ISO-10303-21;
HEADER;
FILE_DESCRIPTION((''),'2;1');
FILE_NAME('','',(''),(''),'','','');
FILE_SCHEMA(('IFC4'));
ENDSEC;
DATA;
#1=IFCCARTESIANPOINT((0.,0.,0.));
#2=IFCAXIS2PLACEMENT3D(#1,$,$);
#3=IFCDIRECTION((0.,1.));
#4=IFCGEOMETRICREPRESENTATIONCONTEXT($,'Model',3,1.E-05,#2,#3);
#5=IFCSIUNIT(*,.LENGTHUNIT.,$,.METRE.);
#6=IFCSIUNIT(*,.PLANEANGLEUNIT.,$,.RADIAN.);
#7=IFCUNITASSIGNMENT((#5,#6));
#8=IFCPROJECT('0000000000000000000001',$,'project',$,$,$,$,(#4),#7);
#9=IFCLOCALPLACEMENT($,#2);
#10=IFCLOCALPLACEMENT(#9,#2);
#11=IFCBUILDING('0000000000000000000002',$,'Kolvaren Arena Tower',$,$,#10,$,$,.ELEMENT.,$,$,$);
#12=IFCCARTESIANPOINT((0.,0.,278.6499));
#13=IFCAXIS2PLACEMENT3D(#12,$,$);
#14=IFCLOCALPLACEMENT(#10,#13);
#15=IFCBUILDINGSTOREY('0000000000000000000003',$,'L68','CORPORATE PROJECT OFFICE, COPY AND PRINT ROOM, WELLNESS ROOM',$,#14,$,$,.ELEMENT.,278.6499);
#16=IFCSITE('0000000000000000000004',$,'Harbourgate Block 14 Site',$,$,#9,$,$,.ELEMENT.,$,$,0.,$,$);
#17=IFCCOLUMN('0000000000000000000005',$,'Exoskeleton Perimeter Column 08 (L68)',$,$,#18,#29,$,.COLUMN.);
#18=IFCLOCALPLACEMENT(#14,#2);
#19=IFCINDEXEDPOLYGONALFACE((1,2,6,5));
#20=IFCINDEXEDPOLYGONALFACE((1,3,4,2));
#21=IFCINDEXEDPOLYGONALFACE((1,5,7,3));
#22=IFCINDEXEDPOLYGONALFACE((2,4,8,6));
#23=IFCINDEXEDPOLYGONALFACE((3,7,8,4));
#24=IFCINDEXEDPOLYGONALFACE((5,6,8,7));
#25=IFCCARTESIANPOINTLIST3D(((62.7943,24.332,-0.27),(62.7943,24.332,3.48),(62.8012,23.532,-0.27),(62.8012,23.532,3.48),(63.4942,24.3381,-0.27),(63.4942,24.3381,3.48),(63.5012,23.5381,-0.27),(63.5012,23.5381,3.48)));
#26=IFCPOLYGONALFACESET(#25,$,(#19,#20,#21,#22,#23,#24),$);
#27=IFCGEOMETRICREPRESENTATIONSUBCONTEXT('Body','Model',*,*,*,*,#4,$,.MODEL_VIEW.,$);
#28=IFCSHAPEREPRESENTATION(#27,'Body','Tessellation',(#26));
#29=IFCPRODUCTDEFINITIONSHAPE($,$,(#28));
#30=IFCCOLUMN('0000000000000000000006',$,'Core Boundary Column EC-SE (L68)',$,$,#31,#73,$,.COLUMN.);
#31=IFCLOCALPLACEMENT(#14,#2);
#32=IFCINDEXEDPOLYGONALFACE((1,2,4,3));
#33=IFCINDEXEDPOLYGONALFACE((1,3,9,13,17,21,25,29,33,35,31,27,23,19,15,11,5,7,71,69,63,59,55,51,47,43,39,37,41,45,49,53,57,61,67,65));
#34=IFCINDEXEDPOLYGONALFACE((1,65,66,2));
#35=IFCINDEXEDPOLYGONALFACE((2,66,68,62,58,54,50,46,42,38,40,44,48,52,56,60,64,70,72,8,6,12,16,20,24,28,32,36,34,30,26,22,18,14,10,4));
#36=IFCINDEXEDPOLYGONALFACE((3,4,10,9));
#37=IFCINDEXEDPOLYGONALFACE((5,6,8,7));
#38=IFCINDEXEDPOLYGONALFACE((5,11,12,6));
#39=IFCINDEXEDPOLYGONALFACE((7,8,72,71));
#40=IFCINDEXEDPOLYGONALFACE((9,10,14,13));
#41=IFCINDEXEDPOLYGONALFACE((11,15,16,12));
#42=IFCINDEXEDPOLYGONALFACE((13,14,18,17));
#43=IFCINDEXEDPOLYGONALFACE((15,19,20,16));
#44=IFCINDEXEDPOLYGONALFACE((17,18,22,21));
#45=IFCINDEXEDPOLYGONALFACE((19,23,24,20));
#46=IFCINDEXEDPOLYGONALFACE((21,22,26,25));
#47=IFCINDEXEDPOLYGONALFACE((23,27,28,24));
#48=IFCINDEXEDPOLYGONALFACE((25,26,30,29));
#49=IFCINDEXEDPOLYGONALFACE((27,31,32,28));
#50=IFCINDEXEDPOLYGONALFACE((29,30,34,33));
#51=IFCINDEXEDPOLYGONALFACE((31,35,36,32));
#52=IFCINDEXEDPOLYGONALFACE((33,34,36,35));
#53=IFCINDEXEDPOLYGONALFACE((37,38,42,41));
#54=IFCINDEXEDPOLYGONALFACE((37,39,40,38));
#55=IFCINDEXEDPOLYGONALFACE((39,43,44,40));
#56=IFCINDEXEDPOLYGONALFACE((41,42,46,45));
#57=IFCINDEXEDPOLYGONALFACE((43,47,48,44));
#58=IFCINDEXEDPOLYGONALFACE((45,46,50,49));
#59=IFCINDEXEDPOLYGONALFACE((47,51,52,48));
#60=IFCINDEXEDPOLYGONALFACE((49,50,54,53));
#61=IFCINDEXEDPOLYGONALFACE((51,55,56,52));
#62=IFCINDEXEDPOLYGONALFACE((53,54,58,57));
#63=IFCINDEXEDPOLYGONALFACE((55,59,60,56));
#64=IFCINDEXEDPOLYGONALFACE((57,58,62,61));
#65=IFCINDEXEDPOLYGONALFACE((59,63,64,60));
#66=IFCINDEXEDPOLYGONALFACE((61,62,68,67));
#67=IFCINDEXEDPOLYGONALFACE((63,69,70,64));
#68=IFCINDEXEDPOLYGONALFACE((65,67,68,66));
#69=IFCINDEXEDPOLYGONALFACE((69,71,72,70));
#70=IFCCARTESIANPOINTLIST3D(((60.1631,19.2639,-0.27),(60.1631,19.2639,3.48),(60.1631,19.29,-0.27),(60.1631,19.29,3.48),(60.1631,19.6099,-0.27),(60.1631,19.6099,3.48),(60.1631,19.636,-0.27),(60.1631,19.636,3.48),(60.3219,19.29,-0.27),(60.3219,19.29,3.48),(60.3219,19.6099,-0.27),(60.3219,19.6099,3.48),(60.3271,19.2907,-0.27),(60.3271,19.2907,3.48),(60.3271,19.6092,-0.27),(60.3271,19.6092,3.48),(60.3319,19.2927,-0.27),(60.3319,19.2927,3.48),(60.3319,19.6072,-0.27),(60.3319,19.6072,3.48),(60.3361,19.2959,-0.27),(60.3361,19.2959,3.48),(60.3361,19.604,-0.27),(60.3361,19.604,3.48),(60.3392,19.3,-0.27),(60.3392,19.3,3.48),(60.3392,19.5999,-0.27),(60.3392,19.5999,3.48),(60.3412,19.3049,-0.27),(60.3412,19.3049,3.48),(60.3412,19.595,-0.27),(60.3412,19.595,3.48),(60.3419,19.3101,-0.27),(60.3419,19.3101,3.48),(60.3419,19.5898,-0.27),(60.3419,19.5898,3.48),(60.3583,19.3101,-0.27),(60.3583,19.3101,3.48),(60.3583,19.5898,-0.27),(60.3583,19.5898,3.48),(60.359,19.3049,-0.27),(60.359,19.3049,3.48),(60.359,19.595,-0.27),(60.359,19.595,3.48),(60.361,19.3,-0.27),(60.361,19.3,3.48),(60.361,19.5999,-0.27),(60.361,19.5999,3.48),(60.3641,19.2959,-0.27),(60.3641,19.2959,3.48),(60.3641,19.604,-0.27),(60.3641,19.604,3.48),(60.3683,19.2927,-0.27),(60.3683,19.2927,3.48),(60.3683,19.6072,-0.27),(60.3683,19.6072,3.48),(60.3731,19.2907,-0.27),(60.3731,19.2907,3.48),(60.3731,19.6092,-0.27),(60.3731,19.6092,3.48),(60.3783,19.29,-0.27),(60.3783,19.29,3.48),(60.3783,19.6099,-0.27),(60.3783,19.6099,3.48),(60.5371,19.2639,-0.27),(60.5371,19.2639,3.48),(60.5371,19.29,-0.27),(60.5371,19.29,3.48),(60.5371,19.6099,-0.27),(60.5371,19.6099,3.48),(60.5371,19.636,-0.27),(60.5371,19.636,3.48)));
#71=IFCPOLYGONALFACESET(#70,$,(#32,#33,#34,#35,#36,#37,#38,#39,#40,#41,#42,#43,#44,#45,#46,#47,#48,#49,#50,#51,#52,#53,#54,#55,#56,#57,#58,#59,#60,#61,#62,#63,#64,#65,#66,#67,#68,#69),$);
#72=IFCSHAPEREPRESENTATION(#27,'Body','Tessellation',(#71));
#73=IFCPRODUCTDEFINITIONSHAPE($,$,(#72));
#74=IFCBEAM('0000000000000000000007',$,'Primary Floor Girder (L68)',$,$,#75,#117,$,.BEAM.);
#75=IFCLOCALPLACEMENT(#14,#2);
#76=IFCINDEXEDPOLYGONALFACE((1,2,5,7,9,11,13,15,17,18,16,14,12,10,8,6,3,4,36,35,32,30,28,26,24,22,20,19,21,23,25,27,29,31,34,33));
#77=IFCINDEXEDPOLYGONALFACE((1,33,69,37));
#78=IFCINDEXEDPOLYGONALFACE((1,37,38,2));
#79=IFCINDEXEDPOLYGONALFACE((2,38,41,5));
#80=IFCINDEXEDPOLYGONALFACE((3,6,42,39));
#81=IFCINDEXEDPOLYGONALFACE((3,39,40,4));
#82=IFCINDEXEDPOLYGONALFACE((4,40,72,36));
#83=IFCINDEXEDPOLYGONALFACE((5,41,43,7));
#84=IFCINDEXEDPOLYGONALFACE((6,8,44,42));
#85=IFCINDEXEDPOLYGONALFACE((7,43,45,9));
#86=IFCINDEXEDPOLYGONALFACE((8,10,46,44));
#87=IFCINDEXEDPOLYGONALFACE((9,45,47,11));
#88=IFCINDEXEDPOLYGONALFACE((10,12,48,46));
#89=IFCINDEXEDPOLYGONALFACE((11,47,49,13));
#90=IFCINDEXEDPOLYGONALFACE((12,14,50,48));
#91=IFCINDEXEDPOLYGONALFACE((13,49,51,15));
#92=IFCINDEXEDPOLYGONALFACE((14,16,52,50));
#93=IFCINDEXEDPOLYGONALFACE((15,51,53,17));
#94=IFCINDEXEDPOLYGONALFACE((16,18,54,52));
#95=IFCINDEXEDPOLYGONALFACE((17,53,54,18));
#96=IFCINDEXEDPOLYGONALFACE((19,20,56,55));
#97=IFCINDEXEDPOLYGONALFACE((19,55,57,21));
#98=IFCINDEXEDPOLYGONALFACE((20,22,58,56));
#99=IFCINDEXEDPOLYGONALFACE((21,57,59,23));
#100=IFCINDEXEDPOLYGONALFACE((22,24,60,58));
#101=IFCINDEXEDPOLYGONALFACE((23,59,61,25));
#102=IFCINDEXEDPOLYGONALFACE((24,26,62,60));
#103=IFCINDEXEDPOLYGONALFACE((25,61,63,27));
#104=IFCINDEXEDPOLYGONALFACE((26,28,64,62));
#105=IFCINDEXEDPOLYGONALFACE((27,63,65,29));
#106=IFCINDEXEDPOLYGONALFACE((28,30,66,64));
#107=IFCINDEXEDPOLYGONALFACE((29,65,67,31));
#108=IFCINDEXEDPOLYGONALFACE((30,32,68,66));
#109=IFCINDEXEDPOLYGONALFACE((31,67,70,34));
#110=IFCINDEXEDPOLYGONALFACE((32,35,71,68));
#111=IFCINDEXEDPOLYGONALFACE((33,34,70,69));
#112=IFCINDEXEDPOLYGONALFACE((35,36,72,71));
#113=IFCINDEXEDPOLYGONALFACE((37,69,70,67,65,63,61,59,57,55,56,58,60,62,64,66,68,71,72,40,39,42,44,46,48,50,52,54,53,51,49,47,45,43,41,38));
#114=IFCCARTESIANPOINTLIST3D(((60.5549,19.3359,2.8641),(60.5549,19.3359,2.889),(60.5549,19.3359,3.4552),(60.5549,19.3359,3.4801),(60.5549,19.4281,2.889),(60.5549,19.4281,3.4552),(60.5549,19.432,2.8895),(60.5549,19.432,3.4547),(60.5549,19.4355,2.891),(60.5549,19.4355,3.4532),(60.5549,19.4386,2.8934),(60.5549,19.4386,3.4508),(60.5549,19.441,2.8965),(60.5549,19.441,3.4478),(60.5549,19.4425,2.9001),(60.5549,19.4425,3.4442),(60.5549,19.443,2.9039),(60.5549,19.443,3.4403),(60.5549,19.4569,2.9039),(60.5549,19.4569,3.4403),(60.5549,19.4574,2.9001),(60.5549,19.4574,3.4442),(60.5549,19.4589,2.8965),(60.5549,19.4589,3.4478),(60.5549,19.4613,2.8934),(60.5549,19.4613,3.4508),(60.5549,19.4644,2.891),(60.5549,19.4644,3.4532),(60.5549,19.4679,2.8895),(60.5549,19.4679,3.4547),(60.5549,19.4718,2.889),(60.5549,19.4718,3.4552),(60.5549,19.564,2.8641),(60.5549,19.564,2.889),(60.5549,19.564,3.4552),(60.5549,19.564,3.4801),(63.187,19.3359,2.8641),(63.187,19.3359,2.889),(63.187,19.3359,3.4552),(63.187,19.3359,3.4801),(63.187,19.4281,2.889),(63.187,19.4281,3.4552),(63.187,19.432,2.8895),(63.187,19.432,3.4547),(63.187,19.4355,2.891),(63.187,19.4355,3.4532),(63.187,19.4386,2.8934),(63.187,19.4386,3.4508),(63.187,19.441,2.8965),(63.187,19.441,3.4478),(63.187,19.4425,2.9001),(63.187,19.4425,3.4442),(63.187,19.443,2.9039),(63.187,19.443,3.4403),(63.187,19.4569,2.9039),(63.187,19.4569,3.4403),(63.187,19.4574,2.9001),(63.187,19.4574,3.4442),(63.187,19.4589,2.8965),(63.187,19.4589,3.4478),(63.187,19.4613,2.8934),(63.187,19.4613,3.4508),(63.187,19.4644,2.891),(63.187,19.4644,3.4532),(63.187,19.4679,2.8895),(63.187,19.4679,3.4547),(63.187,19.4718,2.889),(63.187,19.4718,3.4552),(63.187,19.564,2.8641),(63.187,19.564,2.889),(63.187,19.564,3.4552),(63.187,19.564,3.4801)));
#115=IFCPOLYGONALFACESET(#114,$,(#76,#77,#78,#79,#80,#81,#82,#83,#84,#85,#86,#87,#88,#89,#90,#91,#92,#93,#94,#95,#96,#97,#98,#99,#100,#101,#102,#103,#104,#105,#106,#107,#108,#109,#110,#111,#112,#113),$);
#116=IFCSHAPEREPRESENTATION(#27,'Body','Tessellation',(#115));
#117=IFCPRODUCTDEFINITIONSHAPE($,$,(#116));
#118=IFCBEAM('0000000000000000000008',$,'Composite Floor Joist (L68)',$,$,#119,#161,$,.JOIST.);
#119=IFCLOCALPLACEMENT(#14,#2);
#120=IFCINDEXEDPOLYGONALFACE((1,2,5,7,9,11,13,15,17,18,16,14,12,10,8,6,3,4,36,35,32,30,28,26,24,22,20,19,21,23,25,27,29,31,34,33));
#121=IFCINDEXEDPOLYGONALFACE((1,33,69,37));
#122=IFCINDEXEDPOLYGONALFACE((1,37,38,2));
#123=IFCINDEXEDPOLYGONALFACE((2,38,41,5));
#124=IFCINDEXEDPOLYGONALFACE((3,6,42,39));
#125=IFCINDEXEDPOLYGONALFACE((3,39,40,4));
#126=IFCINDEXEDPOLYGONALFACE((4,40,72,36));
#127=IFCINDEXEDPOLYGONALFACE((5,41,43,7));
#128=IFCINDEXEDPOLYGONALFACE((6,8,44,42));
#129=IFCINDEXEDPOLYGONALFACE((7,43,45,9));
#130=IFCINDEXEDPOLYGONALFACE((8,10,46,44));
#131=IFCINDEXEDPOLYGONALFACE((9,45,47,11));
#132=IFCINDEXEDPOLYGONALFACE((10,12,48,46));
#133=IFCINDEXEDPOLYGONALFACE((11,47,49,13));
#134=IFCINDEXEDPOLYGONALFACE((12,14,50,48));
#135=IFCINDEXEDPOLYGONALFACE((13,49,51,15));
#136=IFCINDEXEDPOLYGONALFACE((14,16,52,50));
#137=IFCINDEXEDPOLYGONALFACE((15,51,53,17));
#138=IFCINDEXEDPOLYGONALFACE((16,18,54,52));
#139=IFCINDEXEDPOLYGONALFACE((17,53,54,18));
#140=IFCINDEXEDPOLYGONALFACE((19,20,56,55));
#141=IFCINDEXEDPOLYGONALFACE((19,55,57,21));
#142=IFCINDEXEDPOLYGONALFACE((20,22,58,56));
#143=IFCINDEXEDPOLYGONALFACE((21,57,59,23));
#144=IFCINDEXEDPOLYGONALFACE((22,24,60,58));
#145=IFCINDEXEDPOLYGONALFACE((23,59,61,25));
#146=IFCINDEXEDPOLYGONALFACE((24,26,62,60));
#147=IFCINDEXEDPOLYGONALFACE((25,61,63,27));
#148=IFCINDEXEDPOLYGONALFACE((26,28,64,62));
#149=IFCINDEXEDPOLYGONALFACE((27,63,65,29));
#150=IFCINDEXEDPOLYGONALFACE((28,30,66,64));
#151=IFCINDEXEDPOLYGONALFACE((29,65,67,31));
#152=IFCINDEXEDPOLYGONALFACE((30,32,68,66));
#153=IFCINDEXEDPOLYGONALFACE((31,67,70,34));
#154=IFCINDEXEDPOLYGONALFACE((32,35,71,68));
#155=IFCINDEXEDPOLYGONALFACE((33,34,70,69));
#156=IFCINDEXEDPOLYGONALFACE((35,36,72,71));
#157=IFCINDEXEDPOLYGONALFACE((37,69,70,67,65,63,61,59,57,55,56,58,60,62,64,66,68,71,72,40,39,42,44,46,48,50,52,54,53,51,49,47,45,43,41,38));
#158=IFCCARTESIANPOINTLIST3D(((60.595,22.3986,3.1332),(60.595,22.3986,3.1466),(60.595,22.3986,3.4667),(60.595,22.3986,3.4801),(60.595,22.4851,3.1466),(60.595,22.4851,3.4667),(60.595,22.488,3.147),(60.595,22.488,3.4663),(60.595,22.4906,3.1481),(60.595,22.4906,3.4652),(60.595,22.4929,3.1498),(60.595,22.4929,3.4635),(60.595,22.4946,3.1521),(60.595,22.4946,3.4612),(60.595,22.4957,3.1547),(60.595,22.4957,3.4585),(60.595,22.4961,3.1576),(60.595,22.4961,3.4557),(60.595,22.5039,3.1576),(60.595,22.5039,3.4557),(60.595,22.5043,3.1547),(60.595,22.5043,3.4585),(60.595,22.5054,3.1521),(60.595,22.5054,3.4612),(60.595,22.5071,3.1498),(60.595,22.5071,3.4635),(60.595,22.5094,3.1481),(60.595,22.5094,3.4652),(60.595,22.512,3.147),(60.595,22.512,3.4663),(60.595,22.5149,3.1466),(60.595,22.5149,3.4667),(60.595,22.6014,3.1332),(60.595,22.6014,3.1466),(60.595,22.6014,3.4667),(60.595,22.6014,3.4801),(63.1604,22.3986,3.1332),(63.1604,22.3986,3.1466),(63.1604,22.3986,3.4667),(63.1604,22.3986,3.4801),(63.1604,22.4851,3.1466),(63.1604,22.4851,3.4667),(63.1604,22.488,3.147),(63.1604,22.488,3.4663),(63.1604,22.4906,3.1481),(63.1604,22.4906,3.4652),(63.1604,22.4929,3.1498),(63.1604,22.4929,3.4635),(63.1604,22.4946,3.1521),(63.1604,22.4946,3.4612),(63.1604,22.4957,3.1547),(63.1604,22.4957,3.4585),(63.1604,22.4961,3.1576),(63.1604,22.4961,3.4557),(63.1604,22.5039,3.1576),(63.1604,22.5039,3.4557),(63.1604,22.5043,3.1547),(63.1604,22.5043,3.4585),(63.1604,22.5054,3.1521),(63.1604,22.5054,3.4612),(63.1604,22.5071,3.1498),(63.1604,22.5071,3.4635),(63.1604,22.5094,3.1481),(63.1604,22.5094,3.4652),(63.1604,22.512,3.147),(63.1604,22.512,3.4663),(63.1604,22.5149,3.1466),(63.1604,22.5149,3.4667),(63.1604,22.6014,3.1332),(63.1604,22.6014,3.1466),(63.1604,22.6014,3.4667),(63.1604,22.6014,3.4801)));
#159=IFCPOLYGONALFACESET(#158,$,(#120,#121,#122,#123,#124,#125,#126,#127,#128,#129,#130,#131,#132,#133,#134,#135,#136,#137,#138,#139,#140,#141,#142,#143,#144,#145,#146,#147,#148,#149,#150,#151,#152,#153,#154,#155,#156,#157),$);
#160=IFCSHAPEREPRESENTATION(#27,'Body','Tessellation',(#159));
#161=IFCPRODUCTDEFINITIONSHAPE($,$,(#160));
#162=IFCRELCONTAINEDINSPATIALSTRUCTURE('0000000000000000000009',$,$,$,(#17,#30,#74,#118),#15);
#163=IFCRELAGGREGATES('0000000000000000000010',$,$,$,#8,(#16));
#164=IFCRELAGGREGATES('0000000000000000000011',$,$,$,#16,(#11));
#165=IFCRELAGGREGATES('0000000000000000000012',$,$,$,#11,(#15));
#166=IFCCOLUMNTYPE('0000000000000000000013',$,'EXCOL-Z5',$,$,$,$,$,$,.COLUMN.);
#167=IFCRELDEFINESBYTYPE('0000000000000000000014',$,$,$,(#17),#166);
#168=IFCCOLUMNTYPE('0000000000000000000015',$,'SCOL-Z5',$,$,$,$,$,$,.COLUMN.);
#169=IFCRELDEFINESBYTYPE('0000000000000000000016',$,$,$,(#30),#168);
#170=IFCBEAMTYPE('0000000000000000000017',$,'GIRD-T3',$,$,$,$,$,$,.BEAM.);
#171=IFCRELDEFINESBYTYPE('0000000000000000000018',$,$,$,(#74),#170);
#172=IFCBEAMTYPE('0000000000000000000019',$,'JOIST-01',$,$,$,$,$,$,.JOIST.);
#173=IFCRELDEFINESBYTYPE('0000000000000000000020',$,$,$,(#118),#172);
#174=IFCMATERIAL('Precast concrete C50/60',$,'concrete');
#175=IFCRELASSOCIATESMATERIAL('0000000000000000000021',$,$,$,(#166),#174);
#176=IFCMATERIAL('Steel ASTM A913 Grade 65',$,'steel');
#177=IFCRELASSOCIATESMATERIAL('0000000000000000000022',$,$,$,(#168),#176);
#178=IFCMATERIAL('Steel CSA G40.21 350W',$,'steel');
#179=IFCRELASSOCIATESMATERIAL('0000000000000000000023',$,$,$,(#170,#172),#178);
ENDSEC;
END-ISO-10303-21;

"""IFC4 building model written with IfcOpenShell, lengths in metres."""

from ifc_helpers import new_model, si_unit, direction, frame, origin, origin_2d, place, context, subcontext, project, spatial, rectangle, i_section, extrude, material, material_profile, profile_set, type_object, element, save


model = new_model("IFC4")

# Units and contexts
model_context = context("Model", 3, precision=1e-05, world=origin(), true_north=direction((0.0, 1.0)))
body_context = subcontext(model_context, "Body", "Model", "MODEL_VIEW")
ifc_project = project(units=[si_unit("LENGTHUNIT", "METRE"), si_unit("PLANEANGLEUNIT", "RADIAN")], contexts=[model_context])

# Site, building, storey
site_placement = place(None, origin())
site = spatial("IfcSite", under=ifc_project, at=site_placement, Name="Harbourgate Block 14 Site", CompositionType="ELEMENT", RefElevation=0.0)
building_placement = place(site_placement, origin())
building = spatial("IfcBuilding", under=site, at=building_placement, Name="Kolvaren Arena Tower", CompositionType="ELEMENT")
storey_placement = place(building_placement, frame((0.0, 0.0, 278.6499)))
storey = spatial("IfcBuildingStorey", under=building, at=storey_placement, Name="L68", Description="CORPORATE PROJECT OFFICE, COPY AND PRINT ROOM, WELLNESS ROOM", CompositionType="ELEMENT", Elevation=278.6499)

# Columns
ifc_material_1 = material(Name="Precast concrete C50/60", Category="concrete")
ifc_material_profile_1 = material_profile(ifc_material_1, rectangle(XDim=0.8, YDim=0.7, at=origin_2d()), Name="RC-800x700")
ifc_profile_set_1 = profile_set([ifc_material_profile_1], Name="Precast concrete C50/60")
column_type_1 = type_object("IfcColumnType", Name="EXCOL-Z5", PredefinedType="COLUMN", material=ifc_profile_set_1)
column_1_placement = place(storey_placement, frame((63.1477, 23.9351, -0.27), z_axis=(0.0, 0.0, 1.0), x_axis=(-0.008727, 0.999962, 0.0)))
element("IfcColumn", 1, at=column_1_placement, inside=storey, type_object=column_type_1, Name="Exoskeleton Perimeter Column 08 (L68)", PredefinedType="COLUMN", context=body_context, shape_type="SweptSolid", body=[
    extrude(rectangle(XDim=0.8, YDim=0.7, at=origin_2d()), origin(), (0.0, 0.0, 1.0), 3.75),
])
ifc_material_2 = material(Name="Steel ASTM A913 Grade 65", Category="steel")
ifc_material_profile_2 = material_profile(ifc_material_2, i_section(OverallWidth=0.374, OverallDepth=0.3721, WebThickness=0.0164, FlangeThickness=0.0261, FilletRadius=0.02, at=origin_2d()), Name="W360x196")
ifc_profile_set_2 = profile_set([ifc_material_profile_2], Name="Steel ASTM A913 Grade 65")
column_type_2 = type_object("IfcColumnType", Name="SCOL-Z5", PredefinedType="COLUMN", material=ifc_profile_set_2)
column_2_placement = place(storey_placement, frame((60.3501, 19.45, -0.27), z_axis=(0.0, 0.0, 1.0), x_axis=(1.0, 0.0, 0.0)))
element("IfcColumn", 2, at=column_2_placement, inside=storey, type_object=column_type_2, Name="Core Boundary Column EC-SE (L68)", PredefinedType="COLUMN", context=body_context, shape_type="SweptSolid", body=[
    extrude(i_section(OverallWidth=0.374, OverallDepth=0.3721, WebThickness=0.0164, FlangeThickness=0.0261, FilletRadius=0.02, at=origin_2d()), origin(), (0.0, 0.0, 1.0), 3.75),
])

# Beams
ifc_material_3 = material(Name="Steel CSA G40.21 350W", Category="steel")
ifc_material_profile_3 = material_profile(ifc_material_3, i_section(OverallWidth=0.228, OverallDepth=0.616, WebThickness=0.0139, FlangeThickness=0.0249, FilletRadius=0.0149, at=origin_2d()), Name="W610x174")
ifc_profile_set_3 = profile_set([ifc_material_profile_3], Name="Steel CSA G40.21 350W")
beam_type_1 = type_object("IfcBeamType", Name="GIRD-T3", PredefinedType="BEAM", material=ifc_profile_set_3)
beam_1_placement = place(storey_placement, frame((60.5549, 19.45, 3.1721), z_axis=(1.0, 0.0, 0.0), x_axis=(0.0, 1.0, 0.0)))
element("IfcBeam", 3, at=beam_1_placement, inside=storey, type_object=beam_type_1, Name="Primary Floor Girder (L68)", PredefinedType="BEAM", context=body_context, shape_type="SweptSolid", body=[
    extrude(i_section(OverallWidth=0.228, OverallDepth=0.616, WebThickness=0.0139, FlangeThickness=0.0249, FilletRadius=0.0149, at=origin_2d()), origin(), (0.0, 0.0, 1.0), 2.6321),
])
ifc_material_profile_4 = material_profile(ifc_material_3, i_section(OverallWidth=0.2029, OverallDepth=0.3469, WebThickness=0.0078, FlangeThickness=0.0134, FilletRadius=0.011, at=origin_2d()), Name="W360x64")
ifc_profile_set_4 = profile_set([ifc_material_profile_4], Name="Steel CSA G40.21 350W")
beam_type_2 = type_object("IfcBeamType", Name="JOIST-01", PredefinedType="JOIST", material=ifc_profile_set_4)
beam_2_placement = place(storey_placement, frame((60.595, 22.5, 3.3066), z_axis=(1.0, 0.0, 0.0), x_axis=(0.0, 1.0, 0.0)))
element("IfcBeam", 4, at=beam_2_placement, inside=storey, type_object=beam_type_2, Name="Composite Floor Joist (L68)", PredefinedType="JOIST", context=body_context, shape_type="SweptSolid", body=[
    extrude(i_section(OverallWidth=0.2029, OverallDepth=0.3469, WebThickness=0.0078, FlangeThickness=0.0134, FilletRadius=0.011, at=origin_2d()), origin(), (0.0, 0.0, 1.0), 2.5654),
])

save(model, "model.ifc")
